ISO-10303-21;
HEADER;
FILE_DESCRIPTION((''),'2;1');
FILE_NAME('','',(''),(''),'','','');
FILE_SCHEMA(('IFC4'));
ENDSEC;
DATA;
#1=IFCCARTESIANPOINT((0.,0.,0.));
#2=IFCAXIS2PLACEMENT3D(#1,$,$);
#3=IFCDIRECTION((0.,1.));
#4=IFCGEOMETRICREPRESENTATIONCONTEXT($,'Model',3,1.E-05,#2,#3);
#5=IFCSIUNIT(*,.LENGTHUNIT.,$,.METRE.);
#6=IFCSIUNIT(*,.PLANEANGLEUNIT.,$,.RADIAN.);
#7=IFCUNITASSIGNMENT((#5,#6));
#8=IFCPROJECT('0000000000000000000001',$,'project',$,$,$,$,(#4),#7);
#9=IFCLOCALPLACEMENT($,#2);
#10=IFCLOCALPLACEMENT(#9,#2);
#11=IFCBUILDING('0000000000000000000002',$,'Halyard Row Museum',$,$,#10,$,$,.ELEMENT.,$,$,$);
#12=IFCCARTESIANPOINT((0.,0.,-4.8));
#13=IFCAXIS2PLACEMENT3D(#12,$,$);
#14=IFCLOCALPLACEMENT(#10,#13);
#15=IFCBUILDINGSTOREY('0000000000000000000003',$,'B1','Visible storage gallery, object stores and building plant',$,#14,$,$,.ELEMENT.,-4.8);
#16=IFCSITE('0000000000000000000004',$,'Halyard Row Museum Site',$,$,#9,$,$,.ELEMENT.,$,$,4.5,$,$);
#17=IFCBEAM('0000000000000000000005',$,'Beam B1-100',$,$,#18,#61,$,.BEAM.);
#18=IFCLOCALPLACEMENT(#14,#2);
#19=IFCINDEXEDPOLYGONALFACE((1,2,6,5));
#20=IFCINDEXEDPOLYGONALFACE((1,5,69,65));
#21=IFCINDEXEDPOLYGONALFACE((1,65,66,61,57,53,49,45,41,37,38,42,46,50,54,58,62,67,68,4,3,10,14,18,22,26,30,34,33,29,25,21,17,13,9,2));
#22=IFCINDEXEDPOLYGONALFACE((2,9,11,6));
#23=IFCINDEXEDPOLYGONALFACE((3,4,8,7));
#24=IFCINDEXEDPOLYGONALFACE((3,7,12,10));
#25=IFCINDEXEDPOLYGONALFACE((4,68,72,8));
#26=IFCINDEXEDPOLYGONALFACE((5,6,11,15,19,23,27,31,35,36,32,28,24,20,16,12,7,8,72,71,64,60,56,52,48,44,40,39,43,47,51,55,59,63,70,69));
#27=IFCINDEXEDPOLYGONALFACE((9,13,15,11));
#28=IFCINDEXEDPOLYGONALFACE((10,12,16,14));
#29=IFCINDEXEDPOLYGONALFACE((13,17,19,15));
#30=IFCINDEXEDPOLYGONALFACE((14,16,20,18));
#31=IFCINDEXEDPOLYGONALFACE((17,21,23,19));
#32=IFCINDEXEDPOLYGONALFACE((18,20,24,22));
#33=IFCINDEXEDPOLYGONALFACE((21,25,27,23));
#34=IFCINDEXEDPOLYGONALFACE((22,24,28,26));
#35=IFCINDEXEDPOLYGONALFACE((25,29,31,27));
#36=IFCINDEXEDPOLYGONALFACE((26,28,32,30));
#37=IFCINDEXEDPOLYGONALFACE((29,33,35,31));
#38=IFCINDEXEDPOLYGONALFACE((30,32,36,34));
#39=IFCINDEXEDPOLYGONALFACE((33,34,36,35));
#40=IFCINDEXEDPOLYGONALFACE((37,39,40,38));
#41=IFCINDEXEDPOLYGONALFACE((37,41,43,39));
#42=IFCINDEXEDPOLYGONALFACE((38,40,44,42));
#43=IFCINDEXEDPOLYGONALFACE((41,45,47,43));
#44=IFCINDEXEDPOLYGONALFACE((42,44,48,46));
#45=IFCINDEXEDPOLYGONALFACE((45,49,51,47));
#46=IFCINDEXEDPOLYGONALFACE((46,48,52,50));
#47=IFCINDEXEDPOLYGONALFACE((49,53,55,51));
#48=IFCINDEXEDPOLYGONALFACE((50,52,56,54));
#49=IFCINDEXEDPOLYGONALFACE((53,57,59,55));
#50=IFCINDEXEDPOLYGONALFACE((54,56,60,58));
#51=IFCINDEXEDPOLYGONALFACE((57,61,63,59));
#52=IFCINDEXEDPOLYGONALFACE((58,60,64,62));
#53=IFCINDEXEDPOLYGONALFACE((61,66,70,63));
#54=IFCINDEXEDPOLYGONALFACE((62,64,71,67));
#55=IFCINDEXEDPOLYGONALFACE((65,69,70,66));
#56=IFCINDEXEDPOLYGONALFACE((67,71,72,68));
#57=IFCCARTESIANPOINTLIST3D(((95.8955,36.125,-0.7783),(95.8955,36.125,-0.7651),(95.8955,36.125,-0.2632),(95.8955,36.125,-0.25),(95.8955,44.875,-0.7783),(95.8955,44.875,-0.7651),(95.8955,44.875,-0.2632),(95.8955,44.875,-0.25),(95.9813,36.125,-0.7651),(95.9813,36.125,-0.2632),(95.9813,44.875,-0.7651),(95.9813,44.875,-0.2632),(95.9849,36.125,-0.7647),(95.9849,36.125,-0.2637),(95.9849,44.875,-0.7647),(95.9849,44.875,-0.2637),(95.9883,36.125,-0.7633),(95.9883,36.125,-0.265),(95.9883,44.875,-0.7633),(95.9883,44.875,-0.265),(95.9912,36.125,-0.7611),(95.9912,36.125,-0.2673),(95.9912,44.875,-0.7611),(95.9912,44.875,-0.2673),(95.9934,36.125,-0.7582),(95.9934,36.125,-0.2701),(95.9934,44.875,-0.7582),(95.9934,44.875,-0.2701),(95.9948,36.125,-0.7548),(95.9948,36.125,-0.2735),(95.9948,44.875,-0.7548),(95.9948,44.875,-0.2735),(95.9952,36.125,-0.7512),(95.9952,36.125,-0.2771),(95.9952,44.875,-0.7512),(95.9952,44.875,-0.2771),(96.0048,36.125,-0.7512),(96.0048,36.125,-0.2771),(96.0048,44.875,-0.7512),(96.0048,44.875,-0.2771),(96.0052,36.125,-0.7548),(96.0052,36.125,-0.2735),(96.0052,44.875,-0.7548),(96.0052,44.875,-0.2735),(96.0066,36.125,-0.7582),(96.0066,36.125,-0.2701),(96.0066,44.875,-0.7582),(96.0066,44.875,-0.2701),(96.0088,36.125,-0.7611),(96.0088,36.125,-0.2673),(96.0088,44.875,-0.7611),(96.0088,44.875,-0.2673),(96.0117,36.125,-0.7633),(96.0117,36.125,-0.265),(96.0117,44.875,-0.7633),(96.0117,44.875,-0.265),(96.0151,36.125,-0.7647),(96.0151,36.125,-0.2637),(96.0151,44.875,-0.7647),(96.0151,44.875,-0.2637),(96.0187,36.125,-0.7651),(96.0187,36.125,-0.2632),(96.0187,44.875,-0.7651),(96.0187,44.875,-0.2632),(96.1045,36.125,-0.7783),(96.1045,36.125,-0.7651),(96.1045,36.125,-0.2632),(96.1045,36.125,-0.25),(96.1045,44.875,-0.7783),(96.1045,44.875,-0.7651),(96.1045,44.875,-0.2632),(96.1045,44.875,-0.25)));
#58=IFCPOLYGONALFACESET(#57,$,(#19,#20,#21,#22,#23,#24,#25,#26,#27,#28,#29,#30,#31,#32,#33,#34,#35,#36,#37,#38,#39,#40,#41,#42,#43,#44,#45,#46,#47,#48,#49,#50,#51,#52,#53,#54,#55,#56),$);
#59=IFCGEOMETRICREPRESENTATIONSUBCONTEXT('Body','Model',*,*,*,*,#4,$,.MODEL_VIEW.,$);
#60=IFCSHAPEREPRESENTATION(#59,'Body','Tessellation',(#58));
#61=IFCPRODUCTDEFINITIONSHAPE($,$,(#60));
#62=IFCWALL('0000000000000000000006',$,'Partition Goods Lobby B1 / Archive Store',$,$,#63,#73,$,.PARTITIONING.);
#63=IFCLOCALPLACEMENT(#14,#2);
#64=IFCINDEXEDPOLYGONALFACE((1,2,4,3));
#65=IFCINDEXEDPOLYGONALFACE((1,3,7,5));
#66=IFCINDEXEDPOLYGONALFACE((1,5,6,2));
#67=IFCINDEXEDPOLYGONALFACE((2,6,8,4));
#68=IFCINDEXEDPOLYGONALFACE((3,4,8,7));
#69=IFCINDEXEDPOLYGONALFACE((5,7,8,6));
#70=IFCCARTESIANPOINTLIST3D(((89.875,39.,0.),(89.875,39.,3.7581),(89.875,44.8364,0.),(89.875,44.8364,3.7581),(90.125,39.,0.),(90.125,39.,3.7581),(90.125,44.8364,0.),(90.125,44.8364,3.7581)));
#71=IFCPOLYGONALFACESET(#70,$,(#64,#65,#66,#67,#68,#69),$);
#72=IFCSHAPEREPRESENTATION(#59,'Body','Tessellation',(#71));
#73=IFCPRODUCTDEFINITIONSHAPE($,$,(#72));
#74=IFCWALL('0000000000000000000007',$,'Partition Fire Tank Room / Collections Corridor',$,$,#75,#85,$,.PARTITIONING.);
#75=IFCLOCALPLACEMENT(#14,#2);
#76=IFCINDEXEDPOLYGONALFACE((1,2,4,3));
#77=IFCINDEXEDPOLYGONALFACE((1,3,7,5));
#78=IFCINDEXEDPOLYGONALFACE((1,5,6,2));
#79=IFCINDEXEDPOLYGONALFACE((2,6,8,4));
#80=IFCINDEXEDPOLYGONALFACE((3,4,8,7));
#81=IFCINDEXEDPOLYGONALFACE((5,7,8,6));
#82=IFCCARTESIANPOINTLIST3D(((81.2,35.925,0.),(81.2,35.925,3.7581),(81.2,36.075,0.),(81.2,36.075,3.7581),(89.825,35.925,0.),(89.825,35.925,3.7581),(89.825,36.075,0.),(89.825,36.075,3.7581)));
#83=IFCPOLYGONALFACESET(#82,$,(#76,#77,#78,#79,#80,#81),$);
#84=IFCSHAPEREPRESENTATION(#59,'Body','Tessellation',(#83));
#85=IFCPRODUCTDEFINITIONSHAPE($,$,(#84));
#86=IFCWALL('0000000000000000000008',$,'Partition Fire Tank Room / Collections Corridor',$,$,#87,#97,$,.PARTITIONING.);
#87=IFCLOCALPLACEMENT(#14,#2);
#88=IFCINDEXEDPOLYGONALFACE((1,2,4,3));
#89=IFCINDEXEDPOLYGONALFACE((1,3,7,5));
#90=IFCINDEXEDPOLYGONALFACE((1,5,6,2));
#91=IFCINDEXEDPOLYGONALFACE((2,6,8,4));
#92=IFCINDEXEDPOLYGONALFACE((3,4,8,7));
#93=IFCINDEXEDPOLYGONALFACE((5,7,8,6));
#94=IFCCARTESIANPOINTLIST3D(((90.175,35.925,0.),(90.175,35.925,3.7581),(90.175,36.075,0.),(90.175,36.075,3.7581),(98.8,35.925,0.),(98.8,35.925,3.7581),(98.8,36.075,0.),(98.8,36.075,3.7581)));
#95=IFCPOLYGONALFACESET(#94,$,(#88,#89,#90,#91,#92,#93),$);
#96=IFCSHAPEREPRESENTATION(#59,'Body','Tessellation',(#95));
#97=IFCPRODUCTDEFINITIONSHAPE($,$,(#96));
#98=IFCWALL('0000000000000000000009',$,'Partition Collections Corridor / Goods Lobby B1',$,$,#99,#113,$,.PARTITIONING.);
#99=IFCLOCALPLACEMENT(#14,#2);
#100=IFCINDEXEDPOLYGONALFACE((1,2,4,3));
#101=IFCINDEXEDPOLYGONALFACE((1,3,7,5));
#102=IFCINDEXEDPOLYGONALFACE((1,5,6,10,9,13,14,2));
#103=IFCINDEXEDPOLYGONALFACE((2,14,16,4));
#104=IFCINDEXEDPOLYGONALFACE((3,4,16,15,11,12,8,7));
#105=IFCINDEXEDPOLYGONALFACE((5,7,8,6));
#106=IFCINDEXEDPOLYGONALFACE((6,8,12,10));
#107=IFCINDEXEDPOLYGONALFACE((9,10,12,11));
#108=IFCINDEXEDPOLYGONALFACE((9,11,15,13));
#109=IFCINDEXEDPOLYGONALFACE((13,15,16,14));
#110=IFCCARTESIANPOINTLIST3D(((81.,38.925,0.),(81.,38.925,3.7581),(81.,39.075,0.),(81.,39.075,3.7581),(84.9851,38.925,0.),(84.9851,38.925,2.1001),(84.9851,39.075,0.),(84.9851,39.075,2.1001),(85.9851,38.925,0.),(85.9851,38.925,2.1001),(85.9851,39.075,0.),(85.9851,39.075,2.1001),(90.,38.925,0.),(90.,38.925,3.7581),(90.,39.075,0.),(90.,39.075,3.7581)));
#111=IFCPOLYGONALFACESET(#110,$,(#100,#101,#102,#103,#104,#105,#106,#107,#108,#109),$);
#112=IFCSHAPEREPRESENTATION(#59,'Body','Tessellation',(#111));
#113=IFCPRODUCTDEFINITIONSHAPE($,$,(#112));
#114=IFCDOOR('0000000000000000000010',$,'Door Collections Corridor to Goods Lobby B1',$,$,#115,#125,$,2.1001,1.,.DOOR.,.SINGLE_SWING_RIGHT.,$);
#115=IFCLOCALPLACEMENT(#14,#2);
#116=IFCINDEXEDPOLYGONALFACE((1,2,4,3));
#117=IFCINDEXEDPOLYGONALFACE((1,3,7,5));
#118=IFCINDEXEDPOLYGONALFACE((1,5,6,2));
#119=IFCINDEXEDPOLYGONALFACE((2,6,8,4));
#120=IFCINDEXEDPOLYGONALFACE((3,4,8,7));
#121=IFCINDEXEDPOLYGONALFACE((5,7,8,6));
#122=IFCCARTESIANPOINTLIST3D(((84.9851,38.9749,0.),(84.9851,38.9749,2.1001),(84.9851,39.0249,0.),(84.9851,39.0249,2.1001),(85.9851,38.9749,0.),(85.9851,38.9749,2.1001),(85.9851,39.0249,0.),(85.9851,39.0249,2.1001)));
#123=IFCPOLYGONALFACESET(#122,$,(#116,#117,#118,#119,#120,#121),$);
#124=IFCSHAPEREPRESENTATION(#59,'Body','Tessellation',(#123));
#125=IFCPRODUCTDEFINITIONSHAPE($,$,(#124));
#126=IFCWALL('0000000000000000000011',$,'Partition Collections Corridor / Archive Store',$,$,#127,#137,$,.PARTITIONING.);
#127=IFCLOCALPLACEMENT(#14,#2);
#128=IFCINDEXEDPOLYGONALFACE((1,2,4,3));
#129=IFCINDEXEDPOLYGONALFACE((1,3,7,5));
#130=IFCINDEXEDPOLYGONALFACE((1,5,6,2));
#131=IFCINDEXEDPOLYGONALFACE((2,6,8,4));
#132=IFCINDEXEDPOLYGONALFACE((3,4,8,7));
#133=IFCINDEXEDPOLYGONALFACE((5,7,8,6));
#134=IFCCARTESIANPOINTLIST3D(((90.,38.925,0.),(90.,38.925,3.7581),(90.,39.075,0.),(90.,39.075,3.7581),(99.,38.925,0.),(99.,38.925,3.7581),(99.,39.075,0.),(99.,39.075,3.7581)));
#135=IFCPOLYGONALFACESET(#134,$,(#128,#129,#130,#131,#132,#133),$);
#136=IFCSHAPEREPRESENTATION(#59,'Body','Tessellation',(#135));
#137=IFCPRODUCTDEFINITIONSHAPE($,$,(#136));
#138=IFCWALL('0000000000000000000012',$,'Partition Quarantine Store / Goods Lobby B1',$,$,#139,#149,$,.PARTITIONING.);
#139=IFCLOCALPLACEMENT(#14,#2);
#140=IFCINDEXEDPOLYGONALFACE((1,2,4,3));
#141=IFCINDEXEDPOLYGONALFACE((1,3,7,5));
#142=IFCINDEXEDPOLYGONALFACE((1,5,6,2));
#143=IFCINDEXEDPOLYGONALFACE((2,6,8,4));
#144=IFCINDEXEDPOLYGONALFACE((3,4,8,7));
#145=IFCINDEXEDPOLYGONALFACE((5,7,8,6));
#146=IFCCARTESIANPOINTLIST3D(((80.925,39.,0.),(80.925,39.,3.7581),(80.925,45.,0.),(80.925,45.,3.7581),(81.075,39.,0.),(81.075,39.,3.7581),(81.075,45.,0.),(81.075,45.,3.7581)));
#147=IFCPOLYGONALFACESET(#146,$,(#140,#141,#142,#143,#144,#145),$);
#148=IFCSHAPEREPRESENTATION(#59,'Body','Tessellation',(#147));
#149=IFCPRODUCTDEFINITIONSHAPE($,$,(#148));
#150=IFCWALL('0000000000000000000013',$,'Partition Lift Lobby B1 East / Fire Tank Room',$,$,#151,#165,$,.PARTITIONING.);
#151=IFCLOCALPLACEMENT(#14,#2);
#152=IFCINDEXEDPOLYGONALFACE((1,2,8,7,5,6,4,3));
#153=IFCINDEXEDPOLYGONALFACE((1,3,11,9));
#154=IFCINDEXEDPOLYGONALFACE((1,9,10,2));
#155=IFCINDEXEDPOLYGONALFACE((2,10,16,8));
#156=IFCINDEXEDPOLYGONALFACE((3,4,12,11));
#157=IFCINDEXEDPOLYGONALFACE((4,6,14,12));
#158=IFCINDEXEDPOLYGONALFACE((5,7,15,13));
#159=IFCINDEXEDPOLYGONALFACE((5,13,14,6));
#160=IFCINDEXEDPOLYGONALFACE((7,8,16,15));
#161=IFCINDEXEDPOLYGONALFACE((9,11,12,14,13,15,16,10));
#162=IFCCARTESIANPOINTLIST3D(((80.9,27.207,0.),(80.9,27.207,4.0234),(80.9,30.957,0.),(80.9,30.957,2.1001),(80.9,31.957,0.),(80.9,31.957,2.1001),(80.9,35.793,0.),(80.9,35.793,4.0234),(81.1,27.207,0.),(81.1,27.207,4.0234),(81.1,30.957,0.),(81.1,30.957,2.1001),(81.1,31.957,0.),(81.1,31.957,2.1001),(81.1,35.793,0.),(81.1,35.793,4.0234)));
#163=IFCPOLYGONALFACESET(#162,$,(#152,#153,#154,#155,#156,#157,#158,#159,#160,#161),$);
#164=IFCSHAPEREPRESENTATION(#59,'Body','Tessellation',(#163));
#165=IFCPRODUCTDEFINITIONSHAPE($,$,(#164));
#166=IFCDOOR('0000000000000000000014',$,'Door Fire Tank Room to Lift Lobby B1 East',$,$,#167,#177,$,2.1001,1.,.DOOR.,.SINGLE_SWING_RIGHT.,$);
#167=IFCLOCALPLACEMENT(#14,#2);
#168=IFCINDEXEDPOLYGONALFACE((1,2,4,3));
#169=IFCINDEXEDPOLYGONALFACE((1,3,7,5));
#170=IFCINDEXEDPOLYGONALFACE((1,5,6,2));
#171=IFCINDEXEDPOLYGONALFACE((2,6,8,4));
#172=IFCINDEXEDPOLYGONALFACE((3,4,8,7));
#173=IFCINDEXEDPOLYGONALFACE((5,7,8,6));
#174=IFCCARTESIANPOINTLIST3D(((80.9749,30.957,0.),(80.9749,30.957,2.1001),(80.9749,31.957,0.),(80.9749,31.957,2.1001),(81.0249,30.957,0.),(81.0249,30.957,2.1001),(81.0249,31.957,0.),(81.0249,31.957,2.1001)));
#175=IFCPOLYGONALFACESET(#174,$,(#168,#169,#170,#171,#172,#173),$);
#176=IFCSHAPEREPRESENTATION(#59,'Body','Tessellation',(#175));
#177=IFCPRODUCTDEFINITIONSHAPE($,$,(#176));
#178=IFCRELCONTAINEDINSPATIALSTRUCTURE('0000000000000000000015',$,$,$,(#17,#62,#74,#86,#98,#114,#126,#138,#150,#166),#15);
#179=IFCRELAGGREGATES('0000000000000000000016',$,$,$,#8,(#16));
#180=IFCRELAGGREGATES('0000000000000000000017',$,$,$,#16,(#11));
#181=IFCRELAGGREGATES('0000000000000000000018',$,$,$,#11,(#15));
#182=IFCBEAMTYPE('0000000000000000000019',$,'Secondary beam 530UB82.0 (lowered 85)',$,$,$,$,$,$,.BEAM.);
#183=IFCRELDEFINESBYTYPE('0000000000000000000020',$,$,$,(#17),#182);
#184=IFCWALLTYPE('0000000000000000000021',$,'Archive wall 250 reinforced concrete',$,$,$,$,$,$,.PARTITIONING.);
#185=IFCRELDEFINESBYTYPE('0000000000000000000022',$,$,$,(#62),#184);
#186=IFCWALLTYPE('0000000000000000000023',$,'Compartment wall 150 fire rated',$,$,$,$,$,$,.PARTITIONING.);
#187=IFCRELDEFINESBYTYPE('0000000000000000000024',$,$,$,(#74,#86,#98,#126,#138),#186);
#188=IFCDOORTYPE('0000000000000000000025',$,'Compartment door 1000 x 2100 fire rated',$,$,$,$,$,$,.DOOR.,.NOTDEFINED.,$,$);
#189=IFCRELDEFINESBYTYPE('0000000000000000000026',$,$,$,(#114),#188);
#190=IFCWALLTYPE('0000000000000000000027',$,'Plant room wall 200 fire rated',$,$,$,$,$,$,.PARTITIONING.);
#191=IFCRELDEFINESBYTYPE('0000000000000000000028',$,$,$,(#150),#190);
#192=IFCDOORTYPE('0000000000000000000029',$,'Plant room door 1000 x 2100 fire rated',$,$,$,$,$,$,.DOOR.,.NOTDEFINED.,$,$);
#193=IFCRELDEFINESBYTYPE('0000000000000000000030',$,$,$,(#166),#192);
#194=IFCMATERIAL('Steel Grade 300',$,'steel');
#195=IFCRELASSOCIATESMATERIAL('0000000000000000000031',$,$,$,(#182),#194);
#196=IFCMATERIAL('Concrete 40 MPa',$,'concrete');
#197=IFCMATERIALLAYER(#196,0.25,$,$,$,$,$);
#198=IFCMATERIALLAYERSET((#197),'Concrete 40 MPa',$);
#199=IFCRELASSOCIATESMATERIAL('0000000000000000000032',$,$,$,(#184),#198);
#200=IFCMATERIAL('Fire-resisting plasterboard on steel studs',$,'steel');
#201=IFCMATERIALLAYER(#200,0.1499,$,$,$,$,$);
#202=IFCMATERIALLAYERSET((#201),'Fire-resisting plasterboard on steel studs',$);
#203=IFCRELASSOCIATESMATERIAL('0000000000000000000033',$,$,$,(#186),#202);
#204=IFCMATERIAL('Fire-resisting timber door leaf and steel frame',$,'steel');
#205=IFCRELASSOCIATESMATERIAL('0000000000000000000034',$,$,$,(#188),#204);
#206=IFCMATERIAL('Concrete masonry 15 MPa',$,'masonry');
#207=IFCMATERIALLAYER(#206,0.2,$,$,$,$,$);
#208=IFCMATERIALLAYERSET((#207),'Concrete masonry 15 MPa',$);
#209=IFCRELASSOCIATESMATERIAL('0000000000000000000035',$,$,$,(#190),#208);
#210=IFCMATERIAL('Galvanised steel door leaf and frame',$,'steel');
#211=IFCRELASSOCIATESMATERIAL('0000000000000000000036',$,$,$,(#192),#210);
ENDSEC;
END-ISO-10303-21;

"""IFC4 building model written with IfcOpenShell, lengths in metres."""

from ifc_helpers import new_model, si_unit, direction, frame, frame_2d, origin, origin_2d, place, context, subcontext, project, spatial, rectangle, i_section, extrude, material, layer, layer_set, material_profile, profile_set, type_object, element, fill, save


model = new_model("IFC4")

# Units and contexts
model_context = context("Model", 3, precision=1e-05, world=origin(), true_north=direction((0.0, 1.0)))
body_context = subcontext(model_context, "Body", "Model", "MODEL_VIEW")
ifc_project = project(units=[si_unit("LENGTHUNIT", "METRE"), si_unit("PLANEANGLEUNIT", "RADIAN")], contexts=[model_context])

# Site, building, storey
site_placement = place(None, origin())
site = spatial("IfcSite", under=ifc_project, at=site_placement, Name="Halyard Row Museum Site", CompositionType="ELEMENT", RefElevation=4.5)
building_placement = place(site_placement, origin())
building = spatial("IfcBuilding", under=site, at=building_placement, Name="Halyard Row Museum", CompositionType="ELEMENT")
storey_placement = place(building_placement, frame((0.0, 0.0, -4.8)))
storey = spatial("IfcBuildingStorey", under=building, at=storey_placement, Name="B1", Description="Visible storage gallery, object stores and building plant", CompositionType="ELEMENT", Elevation=-4.8)

# Beam
ifc_material_1 = material(Name="Steel Grade 300", Category="steel")
ifc_material_profile_1 = material_profile(ifc_material_1, i_section(OverallWidth=0.209, OverallDepth=0.5283, WebThickness=0.0095, FlangeThickness=0.0132, FilletRadius=0.0139, at=origin_2d()), Name="530UB82.0")
ifc_profile_set_1 = profile_set([ifc_material_profile_1], Name="Steel Grade 300")
beam_type_1 = type_object("IfcBeamType", Name="Secondary beam 530UB82.0 (lowered 85)", PredefinedType="BEAM", material=ifc_profile_set_1)
for number, where, z_axis, x_axis, name in (
    (1, (96.0, 36.125, -0.5142), (0.0, 1.0, 0.0), (-1.0, 0.0, 0.0), "Beam B1-100"),
):
    element("IfcBeam", number, at=place(storey_placement, frame(where, z_axis=z_axis, x_axis=x_axis)), inside=storey, type_object=beam_type_1, Name=name, PredefinedType="BEAM", context=body_context, shape_type="SweptSolid", body=[
        extrude(i_section(OverallWidth=0.209, OverallDepth=0.5283, WebThickness=0.0095, FlangeThickness=0.0132, FilletRadius=0.0139, at=origin_2d()), origin(), (0.0, 0.0, 1.0), 8.75),
    ])

# Walls
ifc_material_2 = material(Name="Concrete 40 MPa", Category="concrete")
ifc_layer_1 = layer(ifc_material_2, 0.25)
ifc_layer_set_1 = layer_set([ifc_layer_1], Name="Concrete 40 MPa")
wall_type_1 = type_object("IfcWallType", Name="Archive wall 250 reinforced concrete", PredefinedType="PARTITIONING", material=ifc_layer_set_1)
wall_1_placement = place(storey_placement, frame((90.0, 39.0, 0.0), z_axis=(0.0, 0.0, 1.0), x_axis=(0.0, 1.0, 0.0)))
element("IfcWall", 2, at=wall_1_placement, inside=storey, type_object=wall_type_1, Name="Partition Goods Lobby B1 / Archive Store", PredefinedType="PARTITIONING", context=body_context, shape_type="SweptSolid", body=[
    extrude(rectangle(XDim=5.8364, YDim=0.25, at=frame_2d((2.9182, 0.0))), origin(), (0.0, 0.0, 1.0), 3.7581),
])
ifc_material_3 = material(Name="Fire-resisting plasterboard on steel studs", Category="steel")
ifc_layer_2 = layer(ifc_material_3, 0.1499)
ifc_layer_set_2 = layer_set([ifc_layer_2], Name="Fire-resisting plasterboard on steel studs")
wall_type_2 = type_object("IfcWallType", Name="Compartment wall 150 fire rated", PredefinedType="PARTITIONING", material=ifc_layer_set_2)
for number, where, z_axis, x_axis, name in (
    (3, (81.2, 36.0, 0.0), (0.0, 0.0, 1.0), (1.0, 0.0, 0.0), "Partition Fire Tank Room / Collections Corridor"),
    (4, (90.175, 36.0, 0.0), (0.0, 0.0, 1.0), (1.0, 0.0, 0.0), "Partition Fire Tank Room / Collections Corridor"),
):
    element("IfcWall", number, at=place(storey_placement, frame(where, z_axis=z_axis, x_axis=x_axis)), inside=storey, type_object=wall_type_2, Name=name, PredefinedType="PARTITIONING", context=body_context, shape_type="SweptSolid", body=[
        extrude(rectangle(XDim=8.625, YDim=0.1499, at=frame_2d((4.3125, 0.0))), origin(), (0.0, 0.0, 1.0), 3.7581),
    ])

# Wall, opening, door
wall_2_placement = place(storey_placement, frame((81.0, 39.0, 0.0), z_axis=(0.0, 0.0, 1.0), x_axis=(1.0, 0.0, 0.0)))
wall_2 = element("IfcWall", 5, at=wall_2_placement, inside=storey, type_object=wall_type_2, Name="Partition Collections Corridor / Goods Lobby B1", PredefinedType="PARTITIONING", context=body_context, shape_type="SweptSolid", body=[
    extrude(rectangle(XDim=9.0, YDim=0.1499, at=frame_2d((4.5, 0.0))), origin(), (0.0, 0.0, 1.0), 3.7581),
])
opening_1_placement = place(wall_2_placement, frame((3.9851, 0.0, 0.0)))
opening_1 = element("IfcOpeningElement", 6, at=opening_1_placement, cuts=wall_2, PredefinedType="OPENING", context=body_context, shape_type="SweptSolid", body=[
    extrude(rectangle(XDim=1.0, YDim=2.1001, at=frame_2d((0.5, 1.05))), frame((0.0, 0.085, 0.0), z_axis=(0.0, -1.0, 0.0), x_axis=(1.0, 0.0, 0.0)), (0.0, 0.0, 1.0), 0.1699),
])
ifc_material_4 = material(Name="Fire-resisting timber door leaf and steel frame", Category="steel")
door_type_1 = type_object("IfcDoorType", Name="Compartment door 1000 x 2100 fire rated", OperationType="NOTDEFINED", PredefinedType="DOOR", material=ifc_material_4)
door_1_placement = place(opening_1_placement, origin())
door_1 = element("IfcDoor", 7, at=door_1_placement, inside=storey, type_object=door_type_1, Name="Door Collections Corridor to Goods Lobby B1", OperationType="SINGLE_SWING_RIGHT", OverallHeight=2.1001, OverallWidth=1.0, PredefinedType="DOOR", context=body_context, shape_type="SweptSolid", body=[
    extrude(rectangle(XDim=1.0, YDim=2.1001, at=frame_2d((0.5, 1.05))), frame((0.0, 0.0249, 0.0), z_axis=(0.0, -1.0, 0.0), x_axis=(1.0, 0.0, 0.0)), (0.0, 0.0, 1.0), 0.05),
])
fill(opening_1, door_1)

# Walls
wall_3_placement = place(storey_placement, frame((90.0, 39.0, 0.0), z_axis=(0.0, 0.0, 1.0), x_axis=(1.0, 0.0, 0.0)))
element("IfcWall", 8, at=wall_3_placement, inside=storey, type_object=wall_type_2, Name="Partition Collections Corridor / Archive Store", PredefinedType="PARTITIONING", context=body_context, shape_type="SweptSolid", body=[
    extrude(rectangle(XDim=9.0, YDim=0.1499, at=frame_2d((4.5, 0.0))), origin(), (0.0, 0.0, 1.0), 3.7581),
])
wall_4_placement = place(storey_placement, frame((81.0, 39.0, 0.0), z_axis=(0.0, 0.0, 1.0), x_axis=(0.0, 1.0, 0.0)))
element("IfcWall", 9, at=wall_4_placement, inside=storey, type_object=wall_type_2, Name="Partition Quarantine Store / Goods Lobby B1", PredefinedType="PARTITIONING", context=body_context, shape_type="SweptSolid", body=[
    extrude(rectangle(XDim=6.0, YDim=0.1499, at=frame_2d((3.0, 0.0))), origin(), (0.0, 0.0, 1.0), 3.7581),
])

# Wall, opening, door
ifc_material_5 = material(Name="Concrete masonry 15 MPa", Category="masonry")
ifc_layer_3 = layer(ifc_material_5, 0.2)
ifc_layer_set_3 = layer_set([ifc_layer_3], Name="Concrete masonry 15 MPa")
wall_type_3 = type_object("IfcWallType", Name="Plant room wall 200 fire rated", PredefinedType="PARTITIONING", material=ifc_layer_set_3)
wall_5_placement = place(storey_placement, frame((81.0, 27.207, 0.0), z_axis=(0.0, 0.0, 1.0), x_axis=(0.0, 1.0, 0.0)))
wall_5 = element("IfcWall", 10, at=wall_5_placement, inside=storey, type_object=wall_type_3, Name="Partition Lift Lobby B1 East / Fire Tank Room", PredefinedType="PARTITIONING", context=body_context, shape_type="SweptSolid", body=[
    extrude(rectangle(XDim=8.5859, YDim=0.2, at=frame_2d((4.293, 0.0))), origin(), (0.0, 0.0, 1.0), 4.0234),
])
opening_2_placement = place(wall_5_placement, frame((3.75, 0.0, 0.0)))
opening_2 = element("IfcOpeningElement", 11, at=opening_2_placement, cuts=wall_5, PredefinedType="OPENING", context=body_context, shape_type="SweptSolid", body=[
    extrude(rectangle(XDim=1.0, YDim=2.1001, at=frame_2d((0.5, 1.05))), frame((0.0, 0.1099, 0.0), z_axis=(0.0, -1.0, 0.0), x_axis=(1.0, 0.0, 0.0)), (0.0, 0.0, 1.0), 0.22),
])
ifc_material_6 = material(Name="Galvanised steel door leaf and frame", Category="steel")
door_type_2 = type_object("IfcDoorType", Name="Plant room door 1000 x 2100 fire rated", OperationType="NOTDEFINED", PredefinedType="DOOR", material=ifc_material_6)
door_2_placement = place(opening_2_placement, frame((1.0, 0.0, 0.0), z_axis=(0.0, 0.0, 1.0), x_axis=(-1.0, 0.0, 0.0)))
door_2 = element("IfcDoor", 12, at=door_2_placement, inside=storey, type_object=door_type_2, Name="Door Fire Tank Room to Lift Lobby B1 East", OperationType="SINGLE_SWING_RIGHT", OverallHeight=2.1001, OverallWidth=1.0, PredefinedType="DOOR", context=body_context, shape_type="SweptSolid", body=[
    extrude(rectangle(XDim=1.0, YDim=2.1001, at=frame_2d((0.5, 1.05))), frame((0.0, 0.0249, 0.0), z_axis=(0.0, -1.0, 0.0), x_axis=(1.0, 0.0, 0.0)), (0.0, 0.0, 1.0), 0.05),
])
fill(opening_2, door_2)

save(model, "model.ifc")
